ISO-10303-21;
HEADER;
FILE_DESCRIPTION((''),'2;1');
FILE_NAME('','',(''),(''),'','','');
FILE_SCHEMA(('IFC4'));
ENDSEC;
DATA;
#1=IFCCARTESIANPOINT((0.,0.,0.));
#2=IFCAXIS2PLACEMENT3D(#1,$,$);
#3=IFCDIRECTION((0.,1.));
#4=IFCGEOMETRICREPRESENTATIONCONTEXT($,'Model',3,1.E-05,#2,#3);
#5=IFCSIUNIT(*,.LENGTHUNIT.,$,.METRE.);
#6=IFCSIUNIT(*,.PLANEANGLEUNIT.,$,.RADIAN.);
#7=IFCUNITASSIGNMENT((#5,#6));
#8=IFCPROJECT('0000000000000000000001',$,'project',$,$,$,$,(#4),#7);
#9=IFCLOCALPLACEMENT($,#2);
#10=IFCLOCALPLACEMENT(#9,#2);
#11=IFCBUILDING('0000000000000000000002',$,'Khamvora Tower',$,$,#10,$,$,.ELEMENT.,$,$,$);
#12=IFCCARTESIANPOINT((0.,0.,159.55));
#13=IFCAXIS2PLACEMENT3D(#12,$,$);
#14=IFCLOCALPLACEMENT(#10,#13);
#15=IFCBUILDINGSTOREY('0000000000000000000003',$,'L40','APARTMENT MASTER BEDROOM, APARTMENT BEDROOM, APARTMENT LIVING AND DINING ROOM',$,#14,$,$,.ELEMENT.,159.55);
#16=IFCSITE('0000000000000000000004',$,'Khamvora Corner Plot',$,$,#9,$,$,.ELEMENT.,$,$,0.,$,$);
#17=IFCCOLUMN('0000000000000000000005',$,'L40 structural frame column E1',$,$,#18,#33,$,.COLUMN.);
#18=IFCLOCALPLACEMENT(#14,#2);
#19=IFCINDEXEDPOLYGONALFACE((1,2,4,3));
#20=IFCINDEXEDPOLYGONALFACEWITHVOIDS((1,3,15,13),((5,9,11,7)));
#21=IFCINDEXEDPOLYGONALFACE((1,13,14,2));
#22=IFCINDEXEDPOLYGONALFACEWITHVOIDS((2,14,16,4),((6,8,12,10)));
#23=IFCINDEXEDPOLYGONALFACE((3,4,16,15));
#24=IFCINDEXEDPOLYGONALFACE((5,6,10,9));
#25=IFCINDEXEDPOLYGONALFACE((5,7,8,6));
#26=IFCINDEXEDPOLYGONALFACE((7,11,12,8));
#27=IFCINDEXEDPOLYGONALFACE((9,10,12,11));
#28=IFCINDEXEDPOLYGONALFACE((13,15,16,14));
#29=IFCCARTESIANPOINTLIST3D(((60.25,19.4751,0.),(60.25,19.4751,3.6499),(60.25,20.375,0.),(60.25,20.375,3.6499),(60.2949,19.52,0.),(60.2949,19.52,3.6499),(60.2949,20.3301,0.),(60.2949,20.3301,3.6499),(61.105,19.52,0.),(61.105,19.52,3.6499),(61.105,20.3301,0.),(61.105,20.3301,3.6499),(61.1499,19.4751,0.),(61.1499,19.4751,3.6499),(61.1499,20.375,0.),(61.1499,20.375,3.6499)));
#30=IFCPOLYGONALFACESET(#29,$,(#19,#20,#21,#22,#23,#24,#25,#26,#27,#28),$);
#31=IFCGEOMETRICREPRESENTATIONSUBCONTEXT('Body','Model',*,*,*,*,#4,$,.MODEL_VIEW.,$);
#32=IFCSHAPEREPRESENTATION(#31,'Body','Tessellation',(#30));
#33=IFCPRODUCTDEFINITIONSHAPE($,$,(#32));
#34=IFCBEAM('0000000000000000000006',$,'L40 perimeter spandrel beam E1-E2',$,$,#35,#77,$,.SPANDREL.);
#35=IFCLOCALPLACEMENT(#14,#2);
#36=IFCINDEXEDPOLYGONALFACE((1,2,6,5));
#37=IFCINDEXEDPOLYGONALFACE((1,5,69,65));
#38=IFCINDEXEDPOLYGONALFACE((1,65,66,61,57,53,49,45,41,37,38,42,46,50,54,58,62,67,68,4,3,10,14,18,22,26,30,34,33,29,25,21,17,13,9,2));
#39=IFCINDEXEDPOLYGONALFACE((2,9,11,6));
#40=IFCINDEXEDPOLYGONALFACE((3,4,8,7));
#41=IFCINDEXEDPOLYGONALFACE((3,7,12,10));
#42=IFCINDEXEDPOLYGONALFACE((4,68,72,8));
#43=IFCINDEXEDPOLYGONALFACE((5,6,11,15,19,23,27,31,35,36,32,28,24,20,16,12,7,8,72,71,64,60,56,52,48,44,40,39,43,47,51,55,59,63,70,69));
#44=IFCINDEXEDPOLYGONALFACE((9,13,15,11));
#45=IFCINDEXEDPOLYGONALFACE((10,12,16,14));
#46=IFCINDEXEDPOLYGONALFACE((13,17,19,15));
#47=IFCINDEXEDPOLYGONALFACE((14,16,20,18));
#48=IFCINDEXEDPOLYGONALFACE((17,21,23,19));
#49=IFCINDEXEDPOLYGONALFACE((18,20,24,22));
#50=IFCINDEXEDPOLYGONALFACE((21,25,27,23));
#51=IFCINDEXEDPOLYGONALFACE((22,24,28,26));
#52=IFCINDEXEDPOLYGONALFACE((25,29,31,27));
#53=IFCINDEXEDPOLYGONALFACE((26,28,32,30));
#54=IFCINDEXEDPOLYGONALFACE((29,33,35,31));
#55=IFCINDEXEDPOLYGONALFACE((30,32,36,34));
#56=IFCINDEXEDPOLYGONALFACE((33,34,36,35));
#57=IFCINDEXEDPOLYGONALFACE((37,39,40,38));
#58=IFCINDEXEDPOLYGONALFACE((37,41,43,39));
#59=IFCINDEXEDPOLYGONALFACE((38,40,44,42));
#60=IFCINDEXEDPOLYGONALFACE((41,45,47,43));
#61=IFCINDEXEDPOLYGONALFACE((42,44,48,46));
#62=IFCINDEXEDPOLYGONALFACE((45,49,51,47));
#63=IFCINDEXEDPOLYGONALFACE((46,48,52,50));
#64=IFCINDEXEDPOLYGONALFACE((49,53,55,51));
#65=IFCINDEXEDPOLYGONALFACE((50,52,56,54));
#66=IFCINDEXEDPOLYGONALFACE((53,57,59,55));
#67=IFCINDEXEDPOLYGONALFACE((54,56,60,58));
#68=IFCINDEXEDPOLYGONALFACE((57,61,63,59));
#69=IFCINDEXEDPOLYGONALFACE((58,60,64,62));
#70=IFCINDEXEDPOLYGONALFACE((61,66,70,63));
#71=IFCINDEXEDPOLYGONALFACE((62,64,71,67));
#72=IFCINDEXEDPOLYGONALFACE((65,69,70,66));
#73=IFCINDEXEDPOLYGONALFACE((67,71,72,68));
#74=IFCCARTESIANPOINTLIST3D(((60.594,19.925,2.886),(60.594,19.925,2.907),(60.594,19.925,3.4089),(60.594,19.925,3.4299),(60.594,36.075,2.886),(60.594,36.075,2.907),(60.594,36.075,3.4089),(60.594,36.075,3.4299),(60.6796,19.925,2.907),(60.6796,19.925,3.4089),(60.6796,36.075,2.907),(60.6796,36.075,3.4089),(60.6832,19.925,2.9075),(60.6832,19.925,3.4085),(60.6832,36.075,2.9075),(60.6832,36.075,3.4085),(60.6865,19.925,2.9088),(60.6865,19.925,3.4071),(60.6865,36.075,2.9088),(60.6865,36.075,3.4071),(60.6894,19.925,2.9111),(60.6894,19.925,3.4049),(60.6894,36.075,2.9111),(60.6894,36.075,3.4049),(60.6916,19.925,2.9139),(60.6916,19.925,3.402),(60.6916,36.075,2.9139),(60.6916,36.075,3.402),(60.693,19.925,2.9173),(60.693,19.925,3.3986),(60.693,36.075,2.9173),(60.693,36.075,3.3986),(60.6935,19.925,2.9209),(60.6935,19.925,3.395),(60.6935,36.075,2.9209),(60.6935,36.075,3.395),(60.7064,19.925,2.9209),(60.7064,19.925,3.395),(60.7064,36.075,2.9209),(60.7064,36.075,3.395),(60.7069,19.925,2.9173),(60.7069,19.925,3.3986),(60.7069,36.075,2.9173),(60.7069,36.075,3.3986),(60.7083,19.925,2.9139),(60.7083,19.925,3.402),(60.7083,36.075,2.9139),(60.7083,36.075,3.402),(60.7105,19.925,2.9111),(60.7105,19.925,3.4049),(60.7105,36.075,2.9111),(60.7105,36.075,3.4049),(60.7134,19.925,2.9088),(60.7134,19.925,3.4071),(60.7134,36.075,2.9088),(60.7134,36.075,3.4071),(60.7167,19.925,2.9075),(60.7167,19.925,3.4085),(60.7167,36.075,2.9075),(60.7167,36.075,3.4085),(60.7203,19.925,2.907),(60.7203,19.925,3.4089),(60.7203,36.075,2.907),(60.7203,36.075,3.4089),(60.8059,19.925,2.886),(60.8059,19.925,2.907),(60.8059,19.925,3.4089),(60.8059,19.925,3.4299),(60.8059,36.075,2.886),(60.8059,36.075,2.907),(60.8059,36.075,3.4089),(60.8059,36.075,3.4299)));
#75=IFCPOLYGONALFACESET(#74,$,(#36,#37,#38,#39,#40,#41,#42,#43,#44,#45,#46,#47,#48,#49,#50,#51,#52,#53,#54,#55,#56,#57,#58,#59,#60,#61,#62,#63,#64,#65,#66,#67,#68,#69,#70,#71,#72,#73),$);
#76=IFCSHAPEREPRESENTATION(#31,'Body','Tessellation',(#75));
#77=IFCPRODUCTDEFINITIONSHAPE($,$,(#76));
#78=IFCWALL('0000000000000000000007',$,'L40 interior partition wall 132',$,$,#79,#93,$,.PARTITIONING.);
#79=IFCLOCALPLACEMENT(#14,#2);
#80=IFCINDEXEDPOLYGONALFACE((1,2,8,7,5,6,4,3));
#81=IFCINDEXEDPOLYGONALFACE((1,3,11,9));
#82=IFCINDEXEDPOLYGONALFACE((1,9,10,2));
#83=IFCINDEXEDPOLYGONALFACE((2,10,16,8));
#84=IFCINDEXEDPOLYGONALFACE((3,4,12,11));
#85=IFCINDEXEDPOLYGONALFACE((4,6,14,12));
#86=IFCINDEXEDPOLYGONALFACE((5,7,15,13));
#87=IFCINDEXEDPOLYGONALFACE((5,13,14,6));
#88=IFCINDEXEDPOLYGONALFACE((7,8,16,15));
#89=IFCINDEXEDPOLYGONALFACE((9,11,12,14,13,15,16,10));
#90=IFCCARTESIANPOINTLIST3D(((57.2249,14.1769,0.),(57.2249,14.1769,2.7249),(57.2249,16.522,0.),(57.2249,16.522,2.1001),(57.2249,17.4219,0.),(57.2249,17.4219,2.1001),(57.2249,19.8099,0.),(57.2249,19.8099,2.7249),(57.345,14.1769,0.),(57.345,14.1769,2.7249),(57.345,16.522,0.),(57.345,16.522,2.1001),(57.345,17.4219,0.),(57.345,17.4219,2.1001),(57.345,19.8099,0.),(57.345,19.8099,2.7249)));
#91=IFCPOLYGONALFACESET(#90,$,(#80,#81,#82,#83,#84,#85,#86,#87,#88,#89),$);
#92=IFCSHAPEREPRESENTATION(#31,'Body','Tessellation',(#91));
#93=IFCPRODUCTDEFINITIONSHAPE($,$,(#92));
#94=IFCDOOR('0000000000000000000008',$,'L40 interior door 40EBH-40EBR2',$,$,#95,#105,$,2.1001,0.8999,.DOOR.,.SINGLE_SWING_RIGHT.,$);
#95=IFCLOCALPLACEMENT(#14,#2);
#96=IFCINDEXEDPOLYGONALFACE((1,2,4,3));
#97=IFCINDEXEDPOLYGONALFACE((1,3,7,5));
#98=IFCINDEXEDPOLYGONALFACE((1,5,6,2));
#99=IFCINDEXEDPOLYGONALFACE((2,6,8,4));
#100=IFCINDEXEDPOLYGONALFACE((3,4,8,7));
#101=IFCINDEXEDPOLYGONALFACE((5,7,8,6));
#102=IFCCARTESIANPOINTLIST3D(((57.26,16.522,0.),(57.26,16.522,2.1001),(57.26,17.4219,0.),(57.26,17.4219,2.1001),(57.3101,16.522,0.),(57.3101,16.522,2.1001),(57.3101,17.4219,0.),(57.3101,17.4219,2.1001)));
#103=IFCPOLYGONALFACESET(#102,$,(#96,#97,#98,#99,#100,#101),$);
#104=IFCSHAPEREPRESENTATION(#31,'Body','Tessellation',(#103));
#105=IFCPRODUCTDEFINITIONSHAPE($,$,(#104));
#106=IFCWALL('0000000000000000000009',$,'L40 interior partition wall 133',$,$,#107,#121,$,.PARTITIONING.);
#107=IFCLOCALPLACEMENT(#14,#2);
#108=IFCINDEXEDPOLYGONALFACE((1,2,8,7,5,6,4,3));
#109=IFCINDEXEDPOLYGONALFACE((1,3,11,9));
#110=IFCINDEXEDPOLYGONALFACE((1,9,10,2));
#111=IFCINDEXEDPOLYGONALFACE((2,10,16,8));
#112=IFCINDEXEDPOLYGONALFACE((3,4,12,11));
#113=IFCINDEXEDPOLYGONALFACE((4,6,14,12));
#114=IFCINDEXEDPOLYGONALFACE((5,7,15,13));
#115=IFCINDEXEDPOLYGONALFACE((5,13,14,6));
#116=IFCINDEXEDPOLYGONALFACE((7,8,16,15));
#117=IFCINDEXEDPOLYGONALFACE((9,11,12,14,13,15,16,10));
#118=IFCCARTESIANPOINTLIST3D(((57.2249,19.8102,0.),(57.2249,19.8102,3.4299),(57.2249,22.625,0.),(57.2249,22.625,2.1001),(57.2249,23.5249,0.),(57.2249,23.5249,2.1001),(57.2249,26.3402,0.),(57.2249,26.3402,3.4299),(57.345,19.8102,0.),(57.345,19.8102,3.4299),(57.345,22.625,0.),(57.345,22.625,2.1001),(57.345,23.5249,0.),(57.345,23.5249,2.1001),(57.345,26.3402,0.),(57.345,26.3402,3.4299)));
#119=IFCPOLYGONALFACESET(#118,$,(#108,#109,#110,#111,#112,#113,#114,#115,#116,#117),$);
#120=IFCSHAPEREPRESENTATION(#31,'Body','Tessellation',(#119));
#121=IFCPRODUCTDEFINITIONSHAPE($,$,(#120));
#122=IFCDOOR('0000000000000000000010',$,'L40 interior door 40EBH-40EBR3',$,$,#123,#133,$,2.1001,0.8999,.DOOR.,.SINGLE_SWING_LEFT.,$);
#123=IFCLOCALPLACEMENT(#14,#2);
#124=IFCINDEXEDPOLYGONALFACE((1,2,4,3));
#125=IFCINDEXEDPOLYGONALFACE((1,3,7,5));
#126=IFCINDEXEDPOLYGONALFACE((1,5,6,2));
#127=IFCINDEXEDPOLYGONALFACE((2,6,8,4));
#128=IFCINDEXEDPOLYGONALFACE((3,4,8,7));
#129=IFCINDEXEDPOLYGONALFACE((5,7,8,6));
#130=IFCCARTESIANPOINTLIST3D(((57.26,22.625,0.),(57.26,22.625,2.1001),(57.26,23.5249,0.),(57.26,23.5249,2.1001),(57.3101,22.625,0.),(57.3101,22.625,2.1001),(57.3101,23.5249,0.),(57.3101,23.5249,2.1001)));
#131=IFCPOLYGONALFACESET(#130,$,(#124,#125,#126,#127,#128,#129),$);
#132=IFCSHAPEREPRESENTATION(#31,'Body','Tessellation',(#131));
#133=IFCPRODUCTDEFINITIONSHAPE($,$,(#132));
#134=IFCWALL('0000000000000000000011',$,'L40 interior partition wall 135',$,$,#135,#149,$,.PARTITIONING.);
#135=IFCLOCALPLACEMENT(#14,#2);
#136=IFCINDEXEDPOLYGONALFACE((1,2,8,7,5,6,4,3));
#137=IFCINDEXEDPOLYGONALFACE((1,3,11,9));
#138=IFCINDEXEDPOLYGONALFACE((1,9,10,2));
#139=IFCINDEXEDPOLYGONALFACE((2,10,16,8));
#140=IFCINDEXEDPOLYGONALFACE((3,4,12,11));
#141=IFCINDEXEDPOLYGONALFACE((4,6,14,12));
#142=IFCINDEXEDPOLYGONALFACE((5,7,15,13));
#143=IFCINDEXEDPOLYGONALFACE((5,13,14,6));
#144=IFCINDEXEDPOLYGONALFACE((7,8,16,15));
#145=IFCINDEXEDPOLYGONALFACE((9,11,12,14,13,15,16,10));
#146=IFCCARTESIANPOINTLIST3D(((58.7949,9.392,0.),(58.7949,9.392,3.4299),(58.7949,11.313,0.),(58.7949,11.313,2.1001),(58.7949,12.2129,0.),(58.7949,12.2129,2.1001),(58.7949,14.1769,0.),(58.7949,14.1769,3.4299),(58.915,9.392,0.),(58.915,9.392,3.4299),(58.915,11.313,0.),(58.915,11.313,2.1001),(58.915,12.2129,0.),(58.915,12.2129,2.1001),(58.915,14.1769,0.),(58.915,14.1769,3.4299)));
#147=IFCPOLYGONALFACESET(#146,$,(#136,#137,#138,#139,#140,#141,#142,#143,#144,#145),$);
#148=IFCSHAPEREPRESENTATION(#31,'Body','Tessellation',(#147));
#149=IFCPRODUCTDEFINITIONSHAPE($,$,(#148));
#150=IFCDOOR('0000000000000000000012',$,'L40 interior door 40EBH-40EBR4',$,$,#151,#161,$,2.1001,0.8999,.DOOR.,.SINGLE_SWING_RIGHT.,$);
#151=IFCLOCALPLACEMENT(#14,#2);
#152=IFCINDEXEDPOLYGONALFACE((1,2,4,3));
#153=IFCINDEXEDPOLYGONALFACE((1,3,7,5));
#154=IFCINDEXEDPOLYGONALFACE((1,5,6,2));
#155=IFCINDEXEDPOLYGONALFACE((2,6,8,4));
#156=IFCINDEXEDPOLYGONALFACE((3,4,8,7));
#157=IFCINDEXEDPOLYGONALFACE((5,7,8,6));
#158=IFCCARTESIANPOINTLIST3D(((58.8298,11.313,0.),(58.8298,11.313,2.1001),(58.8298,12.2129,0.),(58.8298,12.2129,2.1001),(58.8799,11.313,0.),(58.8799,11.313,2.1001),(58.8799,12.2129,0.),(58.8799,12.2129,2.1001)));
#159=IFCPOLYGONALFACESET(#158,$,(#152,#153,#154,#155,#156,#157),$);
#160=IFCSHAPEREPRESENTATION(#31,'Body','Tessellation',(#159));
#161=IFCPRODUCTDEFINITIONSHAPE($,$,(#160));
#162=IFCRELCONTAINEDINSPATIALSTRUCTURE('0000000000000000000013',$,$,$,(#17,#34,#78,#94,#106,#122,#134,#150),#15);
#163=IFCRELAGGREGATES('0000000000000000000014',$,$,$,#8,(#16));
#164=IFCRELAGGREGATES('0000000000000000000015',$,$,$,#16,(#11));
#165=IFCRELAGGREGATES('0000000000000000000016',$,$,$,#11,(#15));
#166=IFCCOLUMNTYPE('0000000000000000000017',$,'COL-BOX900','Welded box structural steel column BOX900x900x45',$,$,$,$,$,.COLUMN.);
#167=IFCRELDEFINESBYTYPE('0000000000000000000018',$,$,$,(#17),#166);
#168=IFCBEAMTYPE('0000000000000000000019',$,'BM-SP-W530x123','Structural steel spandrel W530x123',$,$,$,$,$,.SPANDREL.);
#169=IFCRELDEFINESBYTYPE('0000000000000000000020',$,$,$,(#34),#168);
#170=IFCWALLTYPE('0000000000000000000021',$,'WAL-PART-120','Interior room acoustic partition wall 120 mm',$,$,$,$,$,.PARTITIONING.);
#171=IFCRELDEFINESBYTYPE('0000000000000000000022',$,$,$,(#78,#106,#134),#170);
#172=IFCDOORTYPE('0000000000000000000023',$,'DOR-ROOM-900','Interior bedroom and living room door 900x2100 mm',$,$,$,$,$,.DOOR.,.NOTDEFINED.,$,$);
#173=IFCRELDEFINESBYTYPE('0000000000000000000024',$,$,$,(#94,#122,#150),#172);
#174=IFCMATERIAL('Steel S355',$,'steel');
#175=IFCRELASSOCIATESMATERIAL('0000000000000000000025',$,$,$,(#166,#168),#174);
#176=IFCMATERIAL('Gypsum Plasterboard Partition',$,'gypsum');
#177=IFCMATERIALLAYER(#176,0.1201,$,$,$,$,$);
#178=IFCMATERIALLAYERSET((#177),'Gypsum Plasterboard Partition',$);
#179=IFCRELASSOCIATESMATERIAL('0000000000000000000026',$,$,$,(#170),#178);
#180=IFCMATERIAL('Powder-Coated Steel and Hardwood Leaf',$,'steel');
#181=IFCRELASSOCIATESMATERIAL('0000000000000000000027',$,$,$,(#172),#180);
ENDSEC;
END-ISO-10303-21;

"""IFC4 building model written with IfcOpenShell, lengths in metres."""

from ifc_helpers import new_model, si_unit, direction, frame, frame_2d, origin, origin_2d, place, context, subcontext, project, spatial, rectangle, hollow_rectangle, i_section, extrude, material, layer, layer_set, material_profile, profile_set, type_object, element, fill, save


model = new_model("IFC4")

# Units and contexts
model_context = context("Model", 3, precision=1e-05, world=origin(), true_north=direction((0.0, 1.0)))
body_context = subcontext(model_context, "Body", "Model", "MODEL_VIEW")
ifc_project = project(units=[si_unit("LENGTHUNIT", "METRE"), si_unit("PLANEANGLEUNIT", "RADIAN")], contexts=[model_context])

# Site, building, storey
site_placement = place(None, origin())
site = spatial("IfcSite", under=ifc_project, at=site_placement, Name="Khamvora Corner Plot", CompositionType="ELEMENT", RefElevation=0.0)
building_placement = place(site_placement, origin())
building = spatial("IfcBuilding", under=site, at=building_placement, Name="Khamvora Tower", CompositionType="ELEMENT")
storey_placement = place(building_placement, frame((0.0, 0.0, 159.55)))
storey = spatial("IfcBuildingStorey", under=building, at=storey_placement, Name="L40", Description="APARTMENT MASTER BEDROOM, APARTMENT BEDROOM, APARTMENT LIVING AND DINING ROOM", CompositionType="ELEMENT", Elevation=159.55)

# Column
ifc_material_1 = material(Name="Steel S355", Category="steel")
ifc_material_profile_1 = material_profile(ifc_material_1, hollow_rectangle(XDim=0.8999, YDim=0.8999, WallThickness=0.0449, at=origin_2d()), Name="BOX900x900x45")
ifc_profile_set_1 = profile_set([ifc_material_profile_1], Name="Steel S355")
column_type = type_object("IfcColumnType", Name="COL-BOX900", Description="Welded box structural steel column BOX900x900x45", PredefinedType="COLUMN", material=ifc_profile_set_1)
column_placement = place(storey_placement, frame((60.7, 19.925, 0.0), z_axis=(0.0, 0.0, 1.0), x_axis=(1.0, 0.0, 0.0)))
element("IfcColumn", 1, at=column_placement, inside=storey, type_object=column_type, Name="L40 structural frame column E1", PredefinedType="COLUMN", context=body_context, shape_type="SweptSolid", body=[
    extrude(hollow_rectangle(XDim=0.8999, YDim=0.8999, WallThickness=0.0449, at=origin_2d()), origin(), (0.0, 0.0, 1.0), 3.6499),
])

# Beam
ifc_material_profile_2 = material_profile(ifc_material_1, i_section(OverallWidth=0.2119, OverallDepth=0.5439, WebThickness=0.0129, FlangeThickness=0.021, FilletRadius=0.0139, at=origin_2d()), Name="W530x123")
ifc_profile_set_2 = profile_set([ifc_material_profile_2], Name="Steel S355")
beam_type = type_object("IfcBeamType", Name="BM-SP-W530x123", Description="Structural steel spandrel W530x123", PredefinedType="SPANDREL", material=ifc_profile_set_2)
beam_placement = place(storey_placement, frame((60.7, 19.925, 3.158), z_axis=(0.0, 1.0, 0.0), x_axis=(-1.0, 0.0, 0.0)))
element("IfcBeam", 2, at=beam_placement, inside=storey, type_object=beam_type, Name="L40 perimeter spandrel beam E1-E2", PredefinedType="SPANDREL", context=body_context, shape_type="SweptSolid", body=[
    extrude(i_section(OverallWidth=0.2119, OverallDepth=0.5439, WebThickness=0.0129, FlangeThickness=0.021, FilletRadius=0.0139, at=origin_2d()), origin(), (0.0, 0.0, 1.0), 16.1499),
])

# Walls, openings, doors
ifc_material_2 = material(Name="Gypsum Plasterboard Partition", Category="gypsum")
ifc_layer = layer(ifc_material_2, 0.1201)
ifc_layer_set = layer_set([ifc_layer], Name="Gypsum Plasterboard Partition")
wall_type = type_object("IfcWallType", Name="WAL-PART-120", Description="Interior room acoustic partition wall 120 mm", PredefinedType="PARTITIONING", material=ifc_layer_set)
wall_1_placement = place(storey_placement, frame((57.2849, 14.177, 0.0), z_axis=(0.0, 0.0, 1.0), x_axis=(0.0, 1.0, 0.0)))
wall_1 = element("IfcWall", 3, at=wall_1_placement, inside=storey, type_object=wall_type, Name="L40 interior partition wall 132", PredefinedType="PARTITIONING", context=body_context, shape_type="SweptSolid", body=[
    extrude(rectangle(XDim=5.6331, YDim=0.1201, at=frame_2d((2.8164, 0.0))), origin(), (0.0, 0.0, 1.0), 2.7249),
])
opening_1_placement = place(wall_1_placement, frame((2.345, 0.0, 0.0)))
opening_1 = element("IfcOpeningElement", 4, at=opening_1_placement, cuts=wall_1, PredefinedType="OPENING", context=body_context, shape_type="SweptSolid", body=[
    extrude(rectangle(XDim=0.8999, YDim=2.1001, at=frame_2d((0.45, 1.05))), frame((0.0, 0.0701, 0.0), z_axis=(0.0, -1.0, 0.0), x_axis=(1.0, 0.0, 0.0)), (0.0, 0.0, 1.0), 0.1401),
])
ifc_material_3 = material(Name="Powder-Coated Steel and Hardwood Leaf", Category="steel")
door_type = type_object("IfcDoorType", Name="DOR-ROOM-900", Description="Interior bedroom and living room door 900x2100 mm", OperationType="NOTDEFINED", PredefinedType="DOOR", material=ifc_material_3)
door_1_placement = place(opening_1_placement, origin())
door_1 = element("IfcDoor", 5, at=door_1_placement, inside=storey, type_object=door_type, Name="L40 interior door 40EBH-40EBR2", OperationType="SINGLE_SWING_RIGHT", OverallHeight=2.1001, OverallWidth=0.8999, PredefinedType="DOOR", context=body_context, shape_type="SweptSolid", body=[
    extrude(rectangle(XDim=0.8999, YDim=2.1001, at=frame_2d((0.45, 1.05))), frame((0.0, 0.0249, 0.0), z_axis=(0.0, -1.0, 0.0), x_axis=(1.0, 0.0, 0.0)), (0.0, 0.0, 1.0), 0.05),
])
fill(opening_1, door_1)
wall_2_placement = place(storey_placement, frame((57.2849, 19.8101, 0.0), z_axis=(0.0, 0.0, 1.0), x_axis=(0.0, 1.0, 0.0)))
wall_2 = element("IfcWall", 6, at=wall_2_placement, inside=storey, type_object=wall_type, Name="L40 interior partition wall 133", PredefinedType="PARTITIONING", context=body_context, shape_type="SweptSolid", body=[
    extrude(rectangle(XDim=6.53, YDim=0.1201, at=frame_2d((3.2651, 0.0))), origin(), (0.0, 0.0, 1.0), 3.4299),
])
opening_2_placement = place(wall_2_placement, frame((2.8149, 0.0, 0.0)))
opening_2 = element("IfcOpeningElement", 7, at=opening_2_placement, cuts=wall_2, PredefinedType="OPENING", context=body_context, shape_type="SweptSolid", body=[
    extrude(rectangle(XDim=0.8999, YDim=2.1001, at=frame_2d((0.45, 1.05))), frame((0.0, 0.0701, 0.0), z_axis=(0.0, -1.0, 0.0), x_axis=(1.0, 0.0, 0.0)), (0.0, 0.0, 1.0), 0.1401),
])
door_2_placement = place(opening_2_placement, origin())
door_2 = element("IfcDoor", 8, at=door_2_placement, inside=storey, type_object=door_type, Name="L40 interior door 40EBH-40EBR3", OperationType="SINGLE_SWING_LEFT", OverallHeight=2.1001, OverallWidth=0.8999, PredefinedType="DOOR", context=body_context, shape_type="SweptSolid", body=[
    extrude(rectangle(XDim=0.8999, YDim=2.1001, at=frame_2d((0.45, 1.05))), frame((0.0, 0.0249, 0.0), z_axis=(0.0, -1.0, 0.0), x_axis=(1.0, 0.0, 0.0)), (0.0, 0.0, 1.0), 0.05),
])
fill(opening_2, door_2)
wall_3_placement = place(storey_placement, frame((58.855, 14.177, 0.0), z_axis=(0.0, 0.0, 1.0), x_axis=(0.0, -1.0, 0.0)))
wall_3 = element("IfcWall", 9, at=wall_3_placement, inside=storey, type_object=wall_type, Name="L40 interior partition wall 135", PredefinedType="PARTITIONING", context=body_context, shape_type="SweptSolid", body=[
    extrude(rectangle(XDim=4.7849, YDim=0.1201, at=frame_2d((2.3926, 0.0))), origin(), (0.0, 0.0, 1.0), 3.4299),
])
opening_3_placement = place(wall_3_placement, frame((1.9641, 0.0, 0.0)))
opening_3 = element("IfcOpeningElement", 10, at=opening_3_placement, cuts=wall_3, PredefinedType="OPENING", context=body_context, shape_type="SweptSolid", body=[
    extrude(rectangle(XDim=0.8999, YDim=2.1001, at=frame_2d((0.45, 1.05))), frame((0.0, 0.0701, 0.0), z_axis=(0.0, -1.0, 0.0), x_axis=(1.0, 0.0, 0.0)), (0.0, 0.0, 1.0), 0.1401),
])
door_3_placement = place(opening_3_placement, origin())
door_3 = element("IfcDoor", 11, at=door_3_placement, inside=storey, type_object=door_type, Name="L40 interior door 40EBH-40EBR4", OperationType="SINGLE_SWING_RIGHT", OverallHeight=2.1001, OverallWidth=0.8999, PredefinedType="DOOR", context=body_context, shape_type="SweptSolid", body=[
    extrude(rectangle(XDim=0.8999, YDim=2.1001, at=frame_2d((0.45, 1.05))), frame((0.0, 0.0249, 0.0), z_axis=(0.0, -1.0, 0.0), x_axis=(1.0, 0.0, 0.0)), (0.0, 0.0, 1.0), 0.05),
])
fill(opening_3, door_3)

save(model, "model.ifc")
